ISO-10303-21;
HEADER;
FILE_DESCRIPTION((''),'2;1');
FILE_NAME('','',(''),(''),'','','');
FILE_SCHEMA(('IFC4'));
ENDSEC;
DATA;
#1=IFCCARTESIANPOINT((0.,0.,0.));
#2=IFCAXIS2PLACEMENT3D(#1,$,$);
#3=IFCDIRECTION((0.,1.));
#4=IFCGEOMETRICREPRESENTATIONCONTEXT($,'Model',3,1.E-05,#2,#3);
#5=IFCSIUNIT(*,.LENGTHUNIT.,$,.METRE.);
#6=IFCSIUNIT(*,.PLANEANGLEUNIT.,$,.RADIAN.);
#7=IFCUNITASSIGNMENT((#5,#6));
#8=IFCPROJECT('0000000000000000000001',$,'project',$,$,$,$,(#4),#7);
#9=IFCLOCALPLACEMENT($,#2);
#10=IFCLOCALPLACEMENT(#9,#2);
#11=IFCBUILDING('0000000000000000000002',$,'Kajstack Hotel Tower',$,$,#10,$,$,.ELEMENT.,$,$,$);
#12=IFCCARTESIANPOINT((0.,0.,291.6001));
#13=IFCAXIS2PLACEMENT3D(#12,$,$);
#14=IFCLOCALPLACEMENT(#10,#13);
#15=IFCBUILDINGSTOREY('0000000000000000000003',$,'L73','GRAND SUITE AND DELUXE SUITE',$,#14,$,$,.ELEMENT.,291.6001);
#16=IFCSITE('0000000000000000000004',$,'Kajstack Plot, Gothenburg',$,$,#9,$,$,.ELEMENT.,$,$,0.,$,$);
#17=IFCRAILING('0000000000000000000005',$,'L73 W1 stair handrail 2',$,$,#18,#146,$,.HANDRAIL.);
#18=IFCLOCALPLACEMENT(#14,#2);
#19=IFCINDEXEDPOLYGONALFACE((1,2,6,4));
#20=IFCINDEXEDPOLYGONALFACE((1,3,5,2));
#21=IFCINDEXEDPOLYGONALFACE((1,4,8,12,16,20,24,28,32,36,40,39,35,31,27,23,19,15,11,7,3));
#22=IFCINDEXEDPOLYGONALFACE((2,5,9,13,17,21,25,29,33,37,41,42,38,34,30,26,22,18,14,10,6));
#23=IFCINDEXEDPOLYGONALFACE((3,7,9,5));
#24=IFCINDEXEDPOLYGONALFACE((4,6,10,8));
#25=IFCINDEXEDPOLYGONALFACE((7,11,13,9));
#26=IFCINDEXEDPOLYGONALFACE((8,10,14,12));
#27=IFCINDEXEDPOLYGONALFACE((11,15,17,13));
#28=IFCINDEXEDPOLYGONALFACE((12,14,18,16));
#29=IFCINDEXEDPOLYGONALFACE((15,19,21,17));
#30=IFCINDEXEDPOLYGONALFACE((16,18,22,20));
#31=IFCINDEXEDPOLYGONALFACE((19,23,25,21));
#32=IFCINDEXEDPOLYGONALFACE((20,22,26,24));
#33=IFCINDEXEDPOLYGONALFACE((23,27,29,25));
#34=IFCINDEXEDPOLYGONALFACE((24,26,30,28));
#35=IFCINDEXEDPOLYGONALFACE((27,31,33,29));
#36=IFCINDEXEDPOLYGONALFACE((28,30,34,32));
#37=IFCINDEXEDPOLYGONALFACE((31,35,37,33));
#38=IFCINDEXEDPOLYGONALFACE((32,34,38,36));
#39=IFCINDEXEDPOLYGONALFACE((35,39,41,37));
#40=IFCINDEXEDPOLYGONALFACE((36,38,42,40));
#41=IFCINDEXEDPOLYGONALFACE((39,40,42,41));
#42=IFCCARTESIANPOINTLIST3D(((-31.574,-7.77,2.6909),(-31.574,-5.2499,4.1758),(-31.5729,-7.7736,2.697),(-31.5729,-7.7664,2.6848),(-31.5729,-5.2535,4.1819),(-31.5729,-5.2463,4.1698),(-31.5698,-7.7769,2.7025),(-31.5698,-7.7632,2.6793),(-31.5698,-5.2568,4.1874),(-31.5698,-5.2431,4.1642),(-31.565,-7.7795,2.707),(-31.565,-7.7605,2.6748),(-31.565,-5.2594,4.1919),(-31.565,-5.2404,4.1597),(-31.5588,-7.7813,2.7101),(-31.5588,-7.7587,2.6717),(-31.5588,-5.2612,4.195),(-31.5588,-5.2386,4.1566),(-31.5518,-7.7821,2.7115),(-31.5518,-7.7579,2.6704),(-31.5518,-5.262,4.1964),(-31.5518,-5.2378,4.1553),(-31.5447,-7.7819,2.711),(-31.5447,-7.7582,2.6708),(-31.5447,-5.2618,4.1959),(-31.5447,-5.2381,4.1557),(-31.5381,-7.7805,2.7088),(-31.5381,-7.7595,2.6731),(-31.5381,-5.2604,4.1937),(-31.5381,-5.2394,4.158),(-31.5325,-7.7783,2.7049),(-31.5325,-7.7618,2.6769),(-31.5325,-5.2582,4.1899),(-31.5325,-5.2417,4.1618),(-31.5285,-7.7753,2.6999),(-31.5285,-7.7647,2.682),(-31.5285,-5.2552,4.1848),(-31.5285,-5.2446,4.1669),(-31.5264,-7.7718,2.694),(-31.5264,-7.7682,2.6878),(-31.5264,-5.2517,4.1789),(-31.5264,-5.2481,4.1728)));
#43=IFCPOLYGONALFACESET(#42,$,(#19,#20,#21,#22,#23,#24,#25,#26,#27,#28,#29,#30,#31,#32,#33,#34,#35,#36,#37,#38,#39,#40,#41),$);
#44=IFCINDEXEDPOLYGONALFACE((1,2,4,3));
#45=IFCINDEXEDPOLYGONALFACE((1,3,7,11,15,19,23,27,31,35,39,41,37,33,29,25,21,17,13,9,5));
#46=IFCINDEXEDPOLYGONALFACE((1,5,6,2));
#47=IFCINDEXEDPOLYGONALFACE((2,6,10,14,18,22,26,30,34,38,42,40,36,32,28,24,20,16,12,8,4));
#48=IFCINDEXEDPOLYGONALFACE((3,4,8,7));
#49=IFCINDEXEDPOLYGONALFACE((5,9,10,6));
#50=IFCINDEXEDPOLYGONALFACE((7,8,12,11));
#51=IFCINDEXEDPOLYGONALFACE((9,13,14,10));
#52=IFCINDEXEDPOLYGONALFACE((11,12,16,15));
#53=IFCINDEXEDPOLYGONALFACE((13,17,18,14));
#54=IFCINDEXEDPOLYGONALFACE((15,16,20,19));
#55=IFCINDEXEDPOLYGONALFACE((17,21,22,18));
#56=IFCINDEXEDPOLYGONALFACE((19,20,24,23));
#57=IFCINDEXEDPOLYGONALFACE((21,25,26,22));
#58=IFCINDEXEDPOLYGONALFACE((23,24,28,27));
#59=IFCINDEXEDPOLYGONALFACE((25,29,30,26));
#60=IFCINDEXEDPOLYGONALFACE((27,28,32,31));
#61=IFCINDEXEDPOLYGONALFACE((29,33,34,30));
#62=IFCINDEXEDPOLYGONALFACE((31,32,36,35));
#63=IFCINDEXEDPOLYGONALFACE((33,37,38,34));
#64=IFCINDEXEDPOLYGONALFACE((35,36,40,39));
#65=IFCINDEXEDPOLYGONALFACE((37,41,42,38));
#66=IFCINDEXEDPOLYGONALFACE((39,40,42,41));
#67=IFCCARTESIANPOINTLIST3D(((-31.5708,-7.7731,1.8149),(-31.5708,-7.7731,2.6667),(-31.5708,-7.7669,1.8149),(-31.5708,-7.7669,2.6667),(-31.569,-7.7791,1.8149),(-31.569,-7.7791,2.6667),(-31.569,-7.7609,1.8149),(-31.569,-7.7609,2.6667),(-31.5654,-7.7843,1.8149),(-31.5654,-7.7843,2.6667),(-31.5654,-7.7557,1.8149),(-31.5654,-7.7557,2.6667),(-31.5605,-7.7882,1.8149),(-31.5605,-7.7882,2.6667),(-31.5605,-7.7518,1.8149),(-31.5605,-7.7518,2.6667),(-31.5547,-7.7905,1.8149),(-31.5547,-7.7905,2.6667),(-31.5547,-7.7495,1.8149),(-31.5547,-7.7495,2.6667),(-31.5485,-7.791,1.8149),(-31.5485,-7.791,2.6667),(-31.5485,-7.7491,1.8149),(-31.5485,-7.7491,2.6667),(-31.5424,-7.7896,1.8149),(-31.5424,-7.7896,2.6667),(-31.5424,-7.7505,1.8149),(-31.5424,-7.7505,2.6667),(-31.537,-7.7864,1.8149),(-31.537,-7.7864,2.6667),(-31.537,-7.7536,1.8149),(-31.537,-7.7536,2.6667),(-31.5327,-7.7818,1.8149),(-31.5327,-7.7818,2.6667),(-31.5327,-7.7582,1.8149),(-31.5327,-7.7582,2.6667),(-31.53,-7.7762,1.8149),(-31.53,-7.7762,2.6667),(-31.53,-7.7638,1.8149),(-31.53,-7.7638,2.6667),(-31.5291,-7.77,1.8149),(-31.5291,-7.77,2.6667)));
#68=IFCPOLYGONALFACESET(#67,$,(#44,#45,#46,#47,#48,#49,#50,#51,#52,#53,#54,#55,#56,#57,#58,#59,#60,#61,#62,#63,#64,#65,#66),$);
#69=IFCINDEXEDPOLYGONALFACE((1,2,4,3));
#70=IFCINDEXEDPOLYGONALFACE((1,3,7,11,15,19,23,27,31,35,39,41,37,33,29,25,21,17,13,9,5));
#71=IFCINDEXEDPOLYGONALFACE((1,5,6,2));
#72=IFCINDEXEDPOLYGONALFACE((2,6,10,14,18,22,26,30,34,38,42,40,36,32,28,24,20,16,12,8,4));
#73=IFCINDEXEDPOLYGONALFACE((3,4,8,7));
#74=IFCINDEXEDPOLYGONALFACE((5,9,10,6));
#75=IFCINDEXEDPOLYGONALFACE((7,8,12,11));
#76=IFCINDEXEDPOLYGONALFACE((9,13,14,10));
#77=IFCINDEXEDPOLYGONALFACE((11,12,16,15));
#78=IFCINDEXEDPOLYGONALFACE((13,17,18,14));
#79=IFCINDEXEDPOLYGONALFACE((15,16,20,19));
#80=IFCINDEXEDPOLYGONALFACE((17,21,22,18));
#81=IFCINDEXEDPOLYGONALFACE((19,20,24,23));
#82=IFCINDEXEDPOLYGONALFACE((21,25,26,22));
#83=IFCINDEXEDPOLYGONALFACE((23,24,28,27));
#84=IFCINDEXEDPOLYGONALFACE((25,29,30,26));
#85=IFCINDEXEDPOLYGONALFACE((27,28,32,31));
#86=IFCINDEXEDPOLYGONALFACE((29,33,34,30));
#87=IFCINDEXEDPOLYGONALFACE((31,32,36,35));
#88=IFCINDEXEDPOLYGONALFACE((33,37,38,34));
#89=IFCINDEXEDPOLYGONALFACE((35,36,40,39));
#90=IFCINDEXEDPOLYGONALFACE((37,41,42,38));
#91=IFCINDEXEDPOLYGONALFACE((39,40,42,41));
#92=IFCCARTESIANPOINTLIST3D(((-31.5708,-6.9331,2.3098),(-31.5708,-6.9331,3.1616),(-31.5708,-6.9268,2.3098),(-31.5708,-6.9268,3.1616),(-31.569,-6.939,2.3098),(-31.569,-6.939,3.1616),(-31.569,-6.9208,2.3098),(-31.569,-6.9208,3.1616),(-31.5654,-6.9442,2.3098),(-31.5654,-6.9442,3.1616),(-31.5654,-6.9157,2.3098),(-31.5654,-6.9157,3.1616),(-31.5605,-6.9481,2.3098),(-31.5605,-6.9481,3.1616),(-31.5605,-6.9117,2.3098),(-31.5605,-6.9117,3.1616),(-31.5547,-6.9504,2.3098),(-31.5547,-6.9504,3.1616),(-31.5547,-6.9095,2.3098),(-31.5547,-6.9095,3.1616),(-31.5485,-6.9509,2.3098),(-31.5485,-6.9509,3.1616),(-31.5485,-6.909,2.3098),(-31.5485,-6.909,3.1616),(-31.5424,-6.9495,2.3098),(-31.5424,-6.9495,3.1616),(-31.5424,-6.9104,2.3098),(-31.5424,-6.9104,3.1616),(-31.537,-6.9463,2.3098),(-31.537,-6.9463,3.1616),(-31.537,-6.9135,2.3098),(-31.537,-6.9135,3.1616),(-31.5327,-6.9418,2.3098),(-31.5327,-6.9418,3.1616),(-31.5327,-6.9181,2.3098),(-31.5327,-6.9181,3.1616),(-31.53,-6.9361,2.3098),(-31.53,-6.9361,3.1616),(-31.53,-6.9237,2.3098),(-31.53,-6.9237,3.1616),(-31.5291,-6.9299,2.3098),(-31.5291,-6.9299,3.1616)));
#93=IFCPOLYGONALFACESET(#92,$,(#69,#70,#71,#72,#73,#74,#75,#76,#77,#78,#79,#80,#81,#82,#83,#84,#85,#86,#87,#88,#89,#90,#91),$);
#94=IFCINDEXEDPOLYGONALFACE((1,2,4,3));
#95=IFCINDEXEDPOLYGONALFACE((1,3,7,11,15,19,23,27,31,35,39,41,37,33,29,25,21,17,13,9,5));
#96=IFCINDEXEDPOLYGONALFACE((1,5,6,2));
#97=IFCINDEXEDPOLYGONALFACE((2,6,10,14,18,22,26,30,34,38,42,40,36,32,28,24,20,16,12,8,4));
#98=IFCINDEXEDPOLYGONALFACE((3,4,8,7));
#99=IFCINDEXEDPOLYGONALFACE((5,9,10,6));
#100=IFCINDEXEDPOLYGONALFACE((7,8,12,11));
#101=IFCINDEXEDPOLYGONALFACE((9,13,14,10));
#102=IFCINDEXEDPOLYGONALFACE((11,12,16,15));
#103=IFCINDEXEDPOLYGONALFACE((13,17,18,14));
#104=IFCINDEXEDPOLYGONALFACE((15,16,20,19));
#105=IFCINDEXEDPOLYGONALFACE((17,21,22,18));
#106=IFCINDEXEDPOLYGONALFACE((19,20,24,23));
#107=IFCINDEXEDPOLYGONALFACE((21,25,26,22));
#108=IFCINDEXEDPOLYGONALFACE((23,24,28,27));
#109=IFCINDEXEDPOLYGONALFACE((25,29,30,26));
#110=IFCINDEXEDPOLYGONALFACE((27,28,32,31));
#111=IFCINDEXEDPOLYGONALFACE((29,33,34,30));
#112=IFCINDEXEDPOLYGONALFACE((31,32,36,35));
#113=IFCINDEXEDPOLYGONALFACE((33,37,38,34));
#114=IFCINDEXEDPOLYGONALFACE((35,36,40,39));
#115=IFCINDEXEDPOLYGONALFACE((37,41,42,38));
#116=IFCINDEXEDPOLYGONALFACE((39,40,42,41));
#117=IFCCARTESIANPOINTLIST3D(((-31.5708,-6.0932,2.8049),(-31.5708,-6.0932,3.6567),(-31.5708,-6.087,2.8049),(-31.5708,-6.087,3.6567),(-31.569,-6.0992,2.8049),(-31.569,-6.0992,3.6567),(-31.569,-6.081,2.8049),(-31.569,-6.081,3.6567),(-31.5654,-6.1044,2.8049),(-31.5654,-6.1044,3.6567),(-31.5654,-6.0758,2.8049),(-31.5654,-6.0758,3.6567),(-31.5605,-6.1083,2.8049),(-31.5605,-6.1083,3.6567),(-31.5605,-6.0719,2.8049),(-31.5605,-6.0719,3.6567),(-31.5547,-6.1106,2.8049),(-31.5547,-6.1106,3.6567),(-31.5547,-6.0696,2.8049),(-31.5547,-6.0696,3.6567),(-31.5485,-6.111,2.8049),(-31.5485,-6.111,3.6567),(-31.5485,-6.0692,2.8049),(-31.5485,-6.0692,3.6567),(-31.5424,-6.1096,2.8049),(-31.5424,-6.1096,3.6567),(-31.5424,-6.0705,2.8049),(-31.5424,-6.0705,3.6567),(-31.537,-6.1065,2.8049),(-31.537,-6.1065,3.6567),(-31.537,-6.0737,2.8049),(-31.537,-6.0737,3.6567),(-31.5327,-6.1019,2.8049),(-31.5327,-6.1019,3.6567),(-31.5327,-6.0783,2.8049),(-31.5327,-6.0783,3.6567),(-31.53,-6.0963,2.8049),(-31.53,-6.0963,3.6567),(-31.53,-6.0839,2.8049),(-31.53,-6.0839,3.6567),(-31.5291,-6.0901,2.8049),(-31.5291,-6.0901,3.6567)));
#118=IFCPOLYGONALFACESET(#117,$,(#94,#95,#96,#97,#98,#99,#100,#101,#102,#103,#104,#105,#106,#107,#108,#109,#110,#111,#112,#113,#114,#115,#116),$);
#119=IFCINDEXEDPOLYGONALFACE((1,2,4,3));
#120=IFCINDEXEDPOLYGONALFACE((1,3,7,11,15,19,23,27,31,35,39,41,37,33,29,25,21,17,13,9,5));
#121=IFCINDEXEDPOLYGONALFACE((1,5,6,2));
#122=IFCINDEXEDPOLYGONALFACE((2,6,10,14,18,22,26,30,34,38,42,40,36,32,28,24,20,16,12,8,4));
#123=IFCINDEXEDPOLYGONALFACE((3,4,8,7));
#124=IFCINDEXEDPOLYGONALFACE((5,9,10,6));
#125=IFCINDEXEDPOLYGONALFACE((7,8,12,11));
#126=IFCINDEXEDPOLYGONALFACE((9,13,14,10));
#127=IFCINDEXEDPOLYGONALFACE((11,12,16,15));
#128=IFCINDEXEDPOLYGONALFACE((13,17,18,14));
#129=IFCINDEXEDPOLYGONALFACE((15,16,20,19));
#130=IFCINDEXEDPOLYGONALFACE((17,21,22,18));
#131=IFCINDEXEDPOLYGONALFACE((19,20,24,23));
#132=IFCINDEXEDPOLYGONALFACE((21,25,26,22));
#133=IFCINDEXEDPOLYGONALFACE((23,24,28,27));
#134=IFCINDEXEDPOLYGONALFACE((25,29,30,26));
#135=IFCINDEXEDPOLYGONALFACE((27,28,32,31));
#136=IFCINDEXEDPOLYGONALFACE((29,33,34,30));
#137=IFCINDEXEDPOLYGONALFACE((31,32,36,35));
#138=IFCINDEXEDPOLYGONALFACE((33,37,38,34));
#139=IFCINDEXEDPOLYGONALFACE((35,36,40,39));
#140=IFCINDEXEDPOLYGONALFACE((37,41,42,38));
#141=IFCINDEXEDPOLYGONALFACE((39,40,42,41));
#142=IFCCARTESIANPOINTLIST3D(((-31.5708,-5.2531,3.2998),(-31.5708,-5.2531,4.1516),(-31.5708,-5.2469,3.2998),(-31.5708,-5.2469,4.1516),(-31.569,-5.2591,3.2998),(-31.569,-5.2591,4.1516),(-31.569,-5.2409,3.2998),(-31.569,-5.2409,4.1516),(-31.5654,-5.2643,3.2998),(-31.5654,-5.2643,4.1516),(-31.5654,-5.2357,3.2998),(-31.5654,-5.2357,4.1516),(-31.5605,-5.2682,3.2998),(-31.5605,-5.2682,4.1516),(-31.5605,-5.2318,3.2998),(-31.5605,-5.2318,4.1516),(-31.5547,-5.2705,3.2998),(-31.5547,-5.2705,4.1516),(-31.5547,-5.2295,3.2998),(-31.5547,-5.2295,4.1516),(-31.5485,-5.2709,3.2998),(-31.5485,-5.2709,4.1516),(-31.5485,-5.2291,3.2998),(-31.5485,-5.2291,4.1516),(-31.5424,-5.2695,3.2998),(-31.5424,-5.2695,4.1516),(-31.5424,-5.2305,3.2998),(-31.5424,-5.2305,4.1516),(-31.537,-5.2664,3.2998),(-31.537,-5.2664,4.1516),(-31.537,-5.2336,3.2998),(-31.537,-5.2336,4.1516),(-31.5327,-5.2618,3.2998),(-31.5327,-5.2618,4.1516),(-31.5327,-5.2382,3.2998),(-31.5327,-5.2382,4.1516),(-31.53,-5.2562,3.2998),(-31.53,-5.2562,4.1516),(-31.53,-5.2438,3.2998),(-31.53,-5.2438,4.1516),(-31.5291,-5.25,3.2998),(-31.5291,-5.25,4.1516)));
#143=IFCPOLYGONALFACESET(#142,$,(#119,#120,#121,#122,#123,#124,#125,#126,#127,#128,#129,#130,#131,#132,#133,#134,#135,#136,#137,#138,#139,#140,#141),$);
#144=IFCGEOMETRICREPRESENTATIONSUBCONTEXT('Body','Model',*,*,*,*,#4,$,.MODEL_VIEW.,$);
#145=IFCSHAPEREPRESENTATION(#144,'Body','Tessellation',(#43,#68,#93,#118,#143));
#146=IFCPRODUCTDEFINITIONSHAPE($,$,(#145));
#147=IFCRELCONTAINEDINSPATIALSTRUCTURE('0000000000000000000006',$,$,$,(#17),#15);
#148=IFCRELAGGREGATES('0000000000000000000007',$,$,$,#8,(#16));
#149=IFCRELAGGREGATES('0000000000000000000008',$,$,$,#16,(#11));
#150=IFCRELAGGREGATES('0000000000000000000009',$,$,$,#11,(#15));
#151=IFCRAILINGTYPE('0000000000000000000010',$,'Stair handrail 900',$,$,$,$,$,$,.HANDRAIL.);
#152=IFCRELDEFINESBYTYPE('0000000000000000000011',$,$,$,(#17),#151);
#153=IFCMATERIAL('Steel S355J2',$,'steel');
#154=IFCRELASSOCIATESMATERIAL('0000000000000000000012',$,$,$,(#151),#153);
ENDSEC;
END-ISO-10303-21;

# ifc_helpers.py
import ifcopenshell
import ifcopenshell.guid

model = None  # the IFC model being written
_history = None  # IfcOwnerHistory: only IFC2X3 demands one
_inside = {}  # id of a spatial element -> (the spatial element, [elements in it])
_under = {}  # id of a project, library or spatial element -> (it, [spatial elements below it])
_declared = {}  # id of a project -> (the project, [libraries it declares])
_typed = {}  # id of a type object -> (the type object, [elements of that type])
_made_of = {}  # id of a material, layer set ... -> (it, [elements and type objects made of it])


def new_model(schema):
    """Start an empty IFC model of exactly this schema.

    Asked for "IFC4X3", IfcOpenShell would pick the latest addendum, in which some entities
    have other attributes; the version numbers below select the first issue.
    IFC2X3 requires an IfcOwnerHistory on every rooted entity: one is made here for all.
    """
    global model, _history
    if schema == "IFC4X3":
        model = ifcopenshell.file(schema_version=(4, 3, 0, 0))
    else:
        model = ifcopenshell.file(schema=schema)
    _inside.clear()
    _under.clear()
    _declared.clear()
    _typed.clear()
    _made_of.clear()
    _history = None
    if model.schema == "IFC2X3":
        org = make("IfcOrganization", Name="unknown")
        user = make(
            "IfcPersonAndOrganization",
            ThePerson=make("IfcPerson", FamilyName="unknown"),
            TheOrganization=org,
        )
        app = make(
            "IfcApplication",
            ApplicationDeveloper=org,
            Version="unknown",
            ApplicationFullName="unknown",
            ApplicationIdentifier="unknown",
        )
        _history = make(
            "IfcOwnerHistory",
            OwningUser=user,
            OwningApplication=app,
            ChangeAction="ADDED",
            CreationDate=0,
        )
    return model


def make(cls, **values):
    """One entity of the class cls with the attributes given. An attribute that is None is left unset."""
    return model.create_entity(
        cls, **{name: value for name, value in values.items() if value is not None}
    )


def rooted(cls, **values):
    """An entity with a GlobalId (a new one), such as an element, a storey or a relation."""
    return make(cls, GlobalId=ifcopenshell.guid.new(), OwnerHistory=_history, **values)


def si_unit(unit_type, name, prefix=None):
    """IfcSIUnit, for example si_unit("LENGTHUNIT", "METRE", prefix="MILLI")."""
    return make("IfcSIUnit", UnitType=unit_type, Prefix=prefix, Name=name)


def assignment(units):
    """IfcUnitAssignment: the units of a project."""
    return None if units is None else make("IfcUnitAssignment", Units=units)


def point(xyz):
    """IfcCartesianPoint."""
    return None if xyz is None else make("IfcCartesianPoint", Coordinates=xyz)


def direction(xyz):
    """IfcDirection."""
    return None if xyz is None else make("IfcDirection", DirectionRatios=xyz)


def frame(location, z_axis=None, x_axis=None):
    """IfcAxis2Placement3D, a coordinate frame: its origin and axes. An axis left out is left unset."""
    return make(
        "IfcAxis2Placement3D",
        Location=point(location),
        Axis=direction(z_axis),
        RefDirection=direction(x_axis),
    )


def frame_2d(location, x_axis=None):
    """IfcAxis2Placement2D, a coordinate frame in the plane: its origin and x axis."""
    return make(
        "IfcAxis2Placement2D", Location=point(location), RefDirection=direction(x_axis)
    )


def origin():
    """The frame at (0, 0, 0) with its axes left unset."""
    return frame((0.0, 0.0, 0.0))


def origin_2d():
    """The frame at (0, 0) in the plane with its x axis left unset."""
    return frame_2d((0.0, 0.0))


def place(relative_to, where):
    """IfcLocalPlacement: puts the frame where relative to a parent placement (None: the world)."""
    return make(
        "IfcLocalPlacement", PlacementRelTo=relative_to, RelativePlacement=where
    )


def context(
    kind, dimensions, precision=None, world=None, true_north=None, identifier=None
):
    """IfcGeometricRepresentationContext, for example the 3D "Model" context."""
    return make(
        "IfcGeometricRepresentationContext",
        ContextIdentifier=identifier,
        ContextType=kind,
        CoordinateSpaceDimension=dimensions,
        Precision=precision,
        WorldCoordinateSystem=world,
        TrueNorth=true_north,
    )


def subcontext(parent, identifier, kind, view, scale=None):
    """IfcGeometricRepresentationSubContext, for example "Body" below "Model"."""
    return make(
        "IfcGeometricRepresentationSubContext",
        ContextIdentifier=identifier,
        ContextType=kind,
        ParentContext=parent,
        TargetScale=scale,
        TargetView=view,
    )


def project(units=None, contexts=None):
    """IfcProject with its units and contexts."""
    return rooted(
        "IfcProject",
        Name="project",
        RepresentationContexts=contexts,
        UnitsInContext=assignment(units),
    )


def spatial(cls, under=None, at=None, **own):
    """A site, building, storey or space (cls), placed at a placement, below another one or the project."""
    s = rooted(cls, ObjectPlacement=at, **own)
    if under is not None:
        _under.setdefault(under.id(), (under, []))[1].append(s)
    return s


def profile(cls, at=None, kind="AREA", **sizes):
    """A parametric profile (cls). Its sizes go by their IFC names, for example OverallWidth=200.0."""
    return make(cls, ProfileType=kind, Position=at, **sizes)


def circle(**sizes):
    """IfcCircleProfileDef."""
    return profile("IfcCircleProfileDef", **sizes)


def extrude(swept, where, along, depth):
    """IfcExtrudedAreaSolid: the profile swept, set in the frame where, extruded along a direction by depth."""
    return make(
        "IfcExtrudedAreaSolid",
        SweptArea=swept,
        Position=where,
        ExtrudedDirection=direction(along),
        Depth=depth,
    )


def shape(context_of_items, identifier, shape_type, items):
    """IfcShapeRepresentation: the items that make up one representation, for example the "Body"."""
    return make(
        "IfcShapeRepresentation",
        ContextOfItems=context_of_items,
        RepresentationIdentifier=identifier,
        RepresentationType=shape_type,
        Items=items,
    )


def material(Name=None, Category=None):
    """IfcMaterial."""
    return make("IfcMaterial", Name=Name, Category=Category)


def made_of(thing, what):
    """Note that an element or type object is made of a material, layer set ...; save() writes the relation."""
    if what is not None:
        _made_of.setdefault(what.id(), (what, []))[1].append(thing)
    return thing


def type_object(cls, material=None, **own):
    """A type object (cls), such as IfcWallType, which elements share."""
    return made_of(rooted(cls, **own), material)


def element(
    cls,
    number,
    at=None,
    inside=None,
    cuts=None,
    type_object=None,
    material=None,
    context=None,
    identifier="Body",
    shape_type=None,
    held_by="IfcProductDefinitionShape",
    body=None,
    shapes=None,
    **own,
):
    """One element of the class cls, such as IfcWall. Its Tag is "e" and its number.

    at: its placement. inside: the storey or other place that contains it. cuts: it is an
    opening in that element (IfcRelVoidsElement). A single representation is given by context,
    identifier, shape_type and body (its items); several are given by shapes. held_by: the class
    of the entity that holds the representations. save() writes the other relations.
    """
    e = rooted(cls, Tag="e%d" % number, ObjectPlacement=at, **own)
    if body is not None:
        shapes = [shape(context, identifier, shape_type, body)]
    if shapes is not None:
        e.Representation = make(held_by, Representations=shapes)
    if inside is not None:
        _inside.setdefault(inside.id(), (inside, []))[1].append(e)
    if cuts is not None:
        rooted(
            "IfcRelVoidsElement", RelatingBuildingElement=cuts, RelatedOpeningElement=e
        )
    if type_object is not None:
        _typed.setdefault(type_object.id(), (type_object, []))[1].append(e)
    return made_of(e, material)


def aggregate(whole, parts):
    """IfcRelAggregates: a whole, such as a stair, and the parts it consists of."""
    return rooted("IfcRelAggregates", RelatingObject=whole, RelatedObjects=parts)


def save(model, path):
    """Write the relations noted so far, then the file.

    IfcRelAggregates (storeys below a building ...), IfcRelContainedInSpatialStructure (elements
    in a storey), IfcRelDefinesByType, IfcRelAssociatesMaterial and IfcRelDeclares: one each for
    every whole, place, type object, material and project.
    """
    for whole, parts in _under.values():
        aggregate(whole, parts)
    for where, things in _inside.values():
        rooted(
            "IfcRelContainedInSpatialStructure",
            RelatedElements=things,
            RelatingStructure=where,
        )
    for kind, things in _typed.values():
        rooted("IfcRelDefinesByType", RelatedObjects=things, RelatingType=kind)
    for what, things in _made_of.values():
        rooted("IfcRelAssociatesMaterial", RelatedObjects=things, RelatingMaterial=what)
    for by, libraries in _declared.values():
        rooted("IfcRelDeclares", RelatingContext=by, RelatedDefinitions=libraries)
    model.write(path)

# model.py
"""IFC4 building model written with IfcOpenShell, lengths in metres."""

from ifc_helpers import new_model, si_unit, direction, frame, origin, origin_2d, place, context, subcontext, project, spatial, circle, extrude, material, type_object, element, save


model = new_model("IFC4")

# Units and contexts
model_context = context("Model", 3, precision=1e-05, world=origin(), true_north=direction((0.0, 1.0)))
body_context = subcontext(model_context, "Body", "Model", "MODEL_VIEW")
ifc_project = project(units=[si_unit("LENGTHUNIT", "METRE"), si_unit("PLANEANGLEUNIT", "RADIAN")], contexts=[model_context])

# Site, building, storey
site_placement = place(None, origin())
site = spatial("IfcSite", under=ifc_project, at=site_placement, Name="Kajstack Plot, Gothenburg", CompositionType="ELEMENT", RefElevation=0.0)
building_placement = place(site_placement, origin())
building = spatial("IfcBuilding", under=site, at=building_placement, Name="Kajstack Hotel Tower", CompositionType="ELEMENT")
storey_placement = place(building_placement, frame((0.0, 0.0, 291.6001)))
storey = spatial("IfcBuildingStorey", under=building, at=storey_placement, Name="L73", Description="GRAND SUITE AND DELUXE SUITE", CompositionType="ELEMENT", Elevation=291.6001)

# Railing
ifc_material_1 = material(Name="Steel S355J2", Category="steel")
railing_type_1 = type_object("IfcRailingType", Name="Stair handrail 900", PredefinedType="HANDRAIL", material=ifc_material_1)
railing_1_placement = place(storey_placement, frame((-31.55, -7.77, 1.8149)))
element("IfcRailing", 1, at=railing_1_placement, inside=storey, type_object=railing_type_1, Name="L73 W1 stair handrail 2", PredefinedType="HANDRAIL", context=body_context, shape_type="SweptSolid", body=[
    extrude(circle(Radius=0.0239, at=origin_2d()), frame((0.0, 0.0, 0.876), z_axis=(0.0, 0.861561, 0.507655), x_axis=(-1.0, 0.0, 0.0)), (0.0, 0.0, 1.0), 2.925),
    extrude(circle(Radius=0.021, at=origin_2d()), origin(), (0.0, 0.0, 1.0), 0.8518),
    extrude(circle(Radius=0.021, at=origin_2d()), frame((0.0, 0.8401, 0.4949)), (0.0, 0.0, 1.0), 0.8518),
    extrude(circle(Radius=0.021, at=origin_2d()), frame((0.0, 1.6799, 0.99)), (0.0, 0.0, 1.0), 0.8518),
    extrude(circle(Radius=0.021, at=origin_2d()), frame((0.0, 2.52, 1.4849)), (0.0, 0.0, 1.0), 0.8518),
])

save(model, "model.ifc")
